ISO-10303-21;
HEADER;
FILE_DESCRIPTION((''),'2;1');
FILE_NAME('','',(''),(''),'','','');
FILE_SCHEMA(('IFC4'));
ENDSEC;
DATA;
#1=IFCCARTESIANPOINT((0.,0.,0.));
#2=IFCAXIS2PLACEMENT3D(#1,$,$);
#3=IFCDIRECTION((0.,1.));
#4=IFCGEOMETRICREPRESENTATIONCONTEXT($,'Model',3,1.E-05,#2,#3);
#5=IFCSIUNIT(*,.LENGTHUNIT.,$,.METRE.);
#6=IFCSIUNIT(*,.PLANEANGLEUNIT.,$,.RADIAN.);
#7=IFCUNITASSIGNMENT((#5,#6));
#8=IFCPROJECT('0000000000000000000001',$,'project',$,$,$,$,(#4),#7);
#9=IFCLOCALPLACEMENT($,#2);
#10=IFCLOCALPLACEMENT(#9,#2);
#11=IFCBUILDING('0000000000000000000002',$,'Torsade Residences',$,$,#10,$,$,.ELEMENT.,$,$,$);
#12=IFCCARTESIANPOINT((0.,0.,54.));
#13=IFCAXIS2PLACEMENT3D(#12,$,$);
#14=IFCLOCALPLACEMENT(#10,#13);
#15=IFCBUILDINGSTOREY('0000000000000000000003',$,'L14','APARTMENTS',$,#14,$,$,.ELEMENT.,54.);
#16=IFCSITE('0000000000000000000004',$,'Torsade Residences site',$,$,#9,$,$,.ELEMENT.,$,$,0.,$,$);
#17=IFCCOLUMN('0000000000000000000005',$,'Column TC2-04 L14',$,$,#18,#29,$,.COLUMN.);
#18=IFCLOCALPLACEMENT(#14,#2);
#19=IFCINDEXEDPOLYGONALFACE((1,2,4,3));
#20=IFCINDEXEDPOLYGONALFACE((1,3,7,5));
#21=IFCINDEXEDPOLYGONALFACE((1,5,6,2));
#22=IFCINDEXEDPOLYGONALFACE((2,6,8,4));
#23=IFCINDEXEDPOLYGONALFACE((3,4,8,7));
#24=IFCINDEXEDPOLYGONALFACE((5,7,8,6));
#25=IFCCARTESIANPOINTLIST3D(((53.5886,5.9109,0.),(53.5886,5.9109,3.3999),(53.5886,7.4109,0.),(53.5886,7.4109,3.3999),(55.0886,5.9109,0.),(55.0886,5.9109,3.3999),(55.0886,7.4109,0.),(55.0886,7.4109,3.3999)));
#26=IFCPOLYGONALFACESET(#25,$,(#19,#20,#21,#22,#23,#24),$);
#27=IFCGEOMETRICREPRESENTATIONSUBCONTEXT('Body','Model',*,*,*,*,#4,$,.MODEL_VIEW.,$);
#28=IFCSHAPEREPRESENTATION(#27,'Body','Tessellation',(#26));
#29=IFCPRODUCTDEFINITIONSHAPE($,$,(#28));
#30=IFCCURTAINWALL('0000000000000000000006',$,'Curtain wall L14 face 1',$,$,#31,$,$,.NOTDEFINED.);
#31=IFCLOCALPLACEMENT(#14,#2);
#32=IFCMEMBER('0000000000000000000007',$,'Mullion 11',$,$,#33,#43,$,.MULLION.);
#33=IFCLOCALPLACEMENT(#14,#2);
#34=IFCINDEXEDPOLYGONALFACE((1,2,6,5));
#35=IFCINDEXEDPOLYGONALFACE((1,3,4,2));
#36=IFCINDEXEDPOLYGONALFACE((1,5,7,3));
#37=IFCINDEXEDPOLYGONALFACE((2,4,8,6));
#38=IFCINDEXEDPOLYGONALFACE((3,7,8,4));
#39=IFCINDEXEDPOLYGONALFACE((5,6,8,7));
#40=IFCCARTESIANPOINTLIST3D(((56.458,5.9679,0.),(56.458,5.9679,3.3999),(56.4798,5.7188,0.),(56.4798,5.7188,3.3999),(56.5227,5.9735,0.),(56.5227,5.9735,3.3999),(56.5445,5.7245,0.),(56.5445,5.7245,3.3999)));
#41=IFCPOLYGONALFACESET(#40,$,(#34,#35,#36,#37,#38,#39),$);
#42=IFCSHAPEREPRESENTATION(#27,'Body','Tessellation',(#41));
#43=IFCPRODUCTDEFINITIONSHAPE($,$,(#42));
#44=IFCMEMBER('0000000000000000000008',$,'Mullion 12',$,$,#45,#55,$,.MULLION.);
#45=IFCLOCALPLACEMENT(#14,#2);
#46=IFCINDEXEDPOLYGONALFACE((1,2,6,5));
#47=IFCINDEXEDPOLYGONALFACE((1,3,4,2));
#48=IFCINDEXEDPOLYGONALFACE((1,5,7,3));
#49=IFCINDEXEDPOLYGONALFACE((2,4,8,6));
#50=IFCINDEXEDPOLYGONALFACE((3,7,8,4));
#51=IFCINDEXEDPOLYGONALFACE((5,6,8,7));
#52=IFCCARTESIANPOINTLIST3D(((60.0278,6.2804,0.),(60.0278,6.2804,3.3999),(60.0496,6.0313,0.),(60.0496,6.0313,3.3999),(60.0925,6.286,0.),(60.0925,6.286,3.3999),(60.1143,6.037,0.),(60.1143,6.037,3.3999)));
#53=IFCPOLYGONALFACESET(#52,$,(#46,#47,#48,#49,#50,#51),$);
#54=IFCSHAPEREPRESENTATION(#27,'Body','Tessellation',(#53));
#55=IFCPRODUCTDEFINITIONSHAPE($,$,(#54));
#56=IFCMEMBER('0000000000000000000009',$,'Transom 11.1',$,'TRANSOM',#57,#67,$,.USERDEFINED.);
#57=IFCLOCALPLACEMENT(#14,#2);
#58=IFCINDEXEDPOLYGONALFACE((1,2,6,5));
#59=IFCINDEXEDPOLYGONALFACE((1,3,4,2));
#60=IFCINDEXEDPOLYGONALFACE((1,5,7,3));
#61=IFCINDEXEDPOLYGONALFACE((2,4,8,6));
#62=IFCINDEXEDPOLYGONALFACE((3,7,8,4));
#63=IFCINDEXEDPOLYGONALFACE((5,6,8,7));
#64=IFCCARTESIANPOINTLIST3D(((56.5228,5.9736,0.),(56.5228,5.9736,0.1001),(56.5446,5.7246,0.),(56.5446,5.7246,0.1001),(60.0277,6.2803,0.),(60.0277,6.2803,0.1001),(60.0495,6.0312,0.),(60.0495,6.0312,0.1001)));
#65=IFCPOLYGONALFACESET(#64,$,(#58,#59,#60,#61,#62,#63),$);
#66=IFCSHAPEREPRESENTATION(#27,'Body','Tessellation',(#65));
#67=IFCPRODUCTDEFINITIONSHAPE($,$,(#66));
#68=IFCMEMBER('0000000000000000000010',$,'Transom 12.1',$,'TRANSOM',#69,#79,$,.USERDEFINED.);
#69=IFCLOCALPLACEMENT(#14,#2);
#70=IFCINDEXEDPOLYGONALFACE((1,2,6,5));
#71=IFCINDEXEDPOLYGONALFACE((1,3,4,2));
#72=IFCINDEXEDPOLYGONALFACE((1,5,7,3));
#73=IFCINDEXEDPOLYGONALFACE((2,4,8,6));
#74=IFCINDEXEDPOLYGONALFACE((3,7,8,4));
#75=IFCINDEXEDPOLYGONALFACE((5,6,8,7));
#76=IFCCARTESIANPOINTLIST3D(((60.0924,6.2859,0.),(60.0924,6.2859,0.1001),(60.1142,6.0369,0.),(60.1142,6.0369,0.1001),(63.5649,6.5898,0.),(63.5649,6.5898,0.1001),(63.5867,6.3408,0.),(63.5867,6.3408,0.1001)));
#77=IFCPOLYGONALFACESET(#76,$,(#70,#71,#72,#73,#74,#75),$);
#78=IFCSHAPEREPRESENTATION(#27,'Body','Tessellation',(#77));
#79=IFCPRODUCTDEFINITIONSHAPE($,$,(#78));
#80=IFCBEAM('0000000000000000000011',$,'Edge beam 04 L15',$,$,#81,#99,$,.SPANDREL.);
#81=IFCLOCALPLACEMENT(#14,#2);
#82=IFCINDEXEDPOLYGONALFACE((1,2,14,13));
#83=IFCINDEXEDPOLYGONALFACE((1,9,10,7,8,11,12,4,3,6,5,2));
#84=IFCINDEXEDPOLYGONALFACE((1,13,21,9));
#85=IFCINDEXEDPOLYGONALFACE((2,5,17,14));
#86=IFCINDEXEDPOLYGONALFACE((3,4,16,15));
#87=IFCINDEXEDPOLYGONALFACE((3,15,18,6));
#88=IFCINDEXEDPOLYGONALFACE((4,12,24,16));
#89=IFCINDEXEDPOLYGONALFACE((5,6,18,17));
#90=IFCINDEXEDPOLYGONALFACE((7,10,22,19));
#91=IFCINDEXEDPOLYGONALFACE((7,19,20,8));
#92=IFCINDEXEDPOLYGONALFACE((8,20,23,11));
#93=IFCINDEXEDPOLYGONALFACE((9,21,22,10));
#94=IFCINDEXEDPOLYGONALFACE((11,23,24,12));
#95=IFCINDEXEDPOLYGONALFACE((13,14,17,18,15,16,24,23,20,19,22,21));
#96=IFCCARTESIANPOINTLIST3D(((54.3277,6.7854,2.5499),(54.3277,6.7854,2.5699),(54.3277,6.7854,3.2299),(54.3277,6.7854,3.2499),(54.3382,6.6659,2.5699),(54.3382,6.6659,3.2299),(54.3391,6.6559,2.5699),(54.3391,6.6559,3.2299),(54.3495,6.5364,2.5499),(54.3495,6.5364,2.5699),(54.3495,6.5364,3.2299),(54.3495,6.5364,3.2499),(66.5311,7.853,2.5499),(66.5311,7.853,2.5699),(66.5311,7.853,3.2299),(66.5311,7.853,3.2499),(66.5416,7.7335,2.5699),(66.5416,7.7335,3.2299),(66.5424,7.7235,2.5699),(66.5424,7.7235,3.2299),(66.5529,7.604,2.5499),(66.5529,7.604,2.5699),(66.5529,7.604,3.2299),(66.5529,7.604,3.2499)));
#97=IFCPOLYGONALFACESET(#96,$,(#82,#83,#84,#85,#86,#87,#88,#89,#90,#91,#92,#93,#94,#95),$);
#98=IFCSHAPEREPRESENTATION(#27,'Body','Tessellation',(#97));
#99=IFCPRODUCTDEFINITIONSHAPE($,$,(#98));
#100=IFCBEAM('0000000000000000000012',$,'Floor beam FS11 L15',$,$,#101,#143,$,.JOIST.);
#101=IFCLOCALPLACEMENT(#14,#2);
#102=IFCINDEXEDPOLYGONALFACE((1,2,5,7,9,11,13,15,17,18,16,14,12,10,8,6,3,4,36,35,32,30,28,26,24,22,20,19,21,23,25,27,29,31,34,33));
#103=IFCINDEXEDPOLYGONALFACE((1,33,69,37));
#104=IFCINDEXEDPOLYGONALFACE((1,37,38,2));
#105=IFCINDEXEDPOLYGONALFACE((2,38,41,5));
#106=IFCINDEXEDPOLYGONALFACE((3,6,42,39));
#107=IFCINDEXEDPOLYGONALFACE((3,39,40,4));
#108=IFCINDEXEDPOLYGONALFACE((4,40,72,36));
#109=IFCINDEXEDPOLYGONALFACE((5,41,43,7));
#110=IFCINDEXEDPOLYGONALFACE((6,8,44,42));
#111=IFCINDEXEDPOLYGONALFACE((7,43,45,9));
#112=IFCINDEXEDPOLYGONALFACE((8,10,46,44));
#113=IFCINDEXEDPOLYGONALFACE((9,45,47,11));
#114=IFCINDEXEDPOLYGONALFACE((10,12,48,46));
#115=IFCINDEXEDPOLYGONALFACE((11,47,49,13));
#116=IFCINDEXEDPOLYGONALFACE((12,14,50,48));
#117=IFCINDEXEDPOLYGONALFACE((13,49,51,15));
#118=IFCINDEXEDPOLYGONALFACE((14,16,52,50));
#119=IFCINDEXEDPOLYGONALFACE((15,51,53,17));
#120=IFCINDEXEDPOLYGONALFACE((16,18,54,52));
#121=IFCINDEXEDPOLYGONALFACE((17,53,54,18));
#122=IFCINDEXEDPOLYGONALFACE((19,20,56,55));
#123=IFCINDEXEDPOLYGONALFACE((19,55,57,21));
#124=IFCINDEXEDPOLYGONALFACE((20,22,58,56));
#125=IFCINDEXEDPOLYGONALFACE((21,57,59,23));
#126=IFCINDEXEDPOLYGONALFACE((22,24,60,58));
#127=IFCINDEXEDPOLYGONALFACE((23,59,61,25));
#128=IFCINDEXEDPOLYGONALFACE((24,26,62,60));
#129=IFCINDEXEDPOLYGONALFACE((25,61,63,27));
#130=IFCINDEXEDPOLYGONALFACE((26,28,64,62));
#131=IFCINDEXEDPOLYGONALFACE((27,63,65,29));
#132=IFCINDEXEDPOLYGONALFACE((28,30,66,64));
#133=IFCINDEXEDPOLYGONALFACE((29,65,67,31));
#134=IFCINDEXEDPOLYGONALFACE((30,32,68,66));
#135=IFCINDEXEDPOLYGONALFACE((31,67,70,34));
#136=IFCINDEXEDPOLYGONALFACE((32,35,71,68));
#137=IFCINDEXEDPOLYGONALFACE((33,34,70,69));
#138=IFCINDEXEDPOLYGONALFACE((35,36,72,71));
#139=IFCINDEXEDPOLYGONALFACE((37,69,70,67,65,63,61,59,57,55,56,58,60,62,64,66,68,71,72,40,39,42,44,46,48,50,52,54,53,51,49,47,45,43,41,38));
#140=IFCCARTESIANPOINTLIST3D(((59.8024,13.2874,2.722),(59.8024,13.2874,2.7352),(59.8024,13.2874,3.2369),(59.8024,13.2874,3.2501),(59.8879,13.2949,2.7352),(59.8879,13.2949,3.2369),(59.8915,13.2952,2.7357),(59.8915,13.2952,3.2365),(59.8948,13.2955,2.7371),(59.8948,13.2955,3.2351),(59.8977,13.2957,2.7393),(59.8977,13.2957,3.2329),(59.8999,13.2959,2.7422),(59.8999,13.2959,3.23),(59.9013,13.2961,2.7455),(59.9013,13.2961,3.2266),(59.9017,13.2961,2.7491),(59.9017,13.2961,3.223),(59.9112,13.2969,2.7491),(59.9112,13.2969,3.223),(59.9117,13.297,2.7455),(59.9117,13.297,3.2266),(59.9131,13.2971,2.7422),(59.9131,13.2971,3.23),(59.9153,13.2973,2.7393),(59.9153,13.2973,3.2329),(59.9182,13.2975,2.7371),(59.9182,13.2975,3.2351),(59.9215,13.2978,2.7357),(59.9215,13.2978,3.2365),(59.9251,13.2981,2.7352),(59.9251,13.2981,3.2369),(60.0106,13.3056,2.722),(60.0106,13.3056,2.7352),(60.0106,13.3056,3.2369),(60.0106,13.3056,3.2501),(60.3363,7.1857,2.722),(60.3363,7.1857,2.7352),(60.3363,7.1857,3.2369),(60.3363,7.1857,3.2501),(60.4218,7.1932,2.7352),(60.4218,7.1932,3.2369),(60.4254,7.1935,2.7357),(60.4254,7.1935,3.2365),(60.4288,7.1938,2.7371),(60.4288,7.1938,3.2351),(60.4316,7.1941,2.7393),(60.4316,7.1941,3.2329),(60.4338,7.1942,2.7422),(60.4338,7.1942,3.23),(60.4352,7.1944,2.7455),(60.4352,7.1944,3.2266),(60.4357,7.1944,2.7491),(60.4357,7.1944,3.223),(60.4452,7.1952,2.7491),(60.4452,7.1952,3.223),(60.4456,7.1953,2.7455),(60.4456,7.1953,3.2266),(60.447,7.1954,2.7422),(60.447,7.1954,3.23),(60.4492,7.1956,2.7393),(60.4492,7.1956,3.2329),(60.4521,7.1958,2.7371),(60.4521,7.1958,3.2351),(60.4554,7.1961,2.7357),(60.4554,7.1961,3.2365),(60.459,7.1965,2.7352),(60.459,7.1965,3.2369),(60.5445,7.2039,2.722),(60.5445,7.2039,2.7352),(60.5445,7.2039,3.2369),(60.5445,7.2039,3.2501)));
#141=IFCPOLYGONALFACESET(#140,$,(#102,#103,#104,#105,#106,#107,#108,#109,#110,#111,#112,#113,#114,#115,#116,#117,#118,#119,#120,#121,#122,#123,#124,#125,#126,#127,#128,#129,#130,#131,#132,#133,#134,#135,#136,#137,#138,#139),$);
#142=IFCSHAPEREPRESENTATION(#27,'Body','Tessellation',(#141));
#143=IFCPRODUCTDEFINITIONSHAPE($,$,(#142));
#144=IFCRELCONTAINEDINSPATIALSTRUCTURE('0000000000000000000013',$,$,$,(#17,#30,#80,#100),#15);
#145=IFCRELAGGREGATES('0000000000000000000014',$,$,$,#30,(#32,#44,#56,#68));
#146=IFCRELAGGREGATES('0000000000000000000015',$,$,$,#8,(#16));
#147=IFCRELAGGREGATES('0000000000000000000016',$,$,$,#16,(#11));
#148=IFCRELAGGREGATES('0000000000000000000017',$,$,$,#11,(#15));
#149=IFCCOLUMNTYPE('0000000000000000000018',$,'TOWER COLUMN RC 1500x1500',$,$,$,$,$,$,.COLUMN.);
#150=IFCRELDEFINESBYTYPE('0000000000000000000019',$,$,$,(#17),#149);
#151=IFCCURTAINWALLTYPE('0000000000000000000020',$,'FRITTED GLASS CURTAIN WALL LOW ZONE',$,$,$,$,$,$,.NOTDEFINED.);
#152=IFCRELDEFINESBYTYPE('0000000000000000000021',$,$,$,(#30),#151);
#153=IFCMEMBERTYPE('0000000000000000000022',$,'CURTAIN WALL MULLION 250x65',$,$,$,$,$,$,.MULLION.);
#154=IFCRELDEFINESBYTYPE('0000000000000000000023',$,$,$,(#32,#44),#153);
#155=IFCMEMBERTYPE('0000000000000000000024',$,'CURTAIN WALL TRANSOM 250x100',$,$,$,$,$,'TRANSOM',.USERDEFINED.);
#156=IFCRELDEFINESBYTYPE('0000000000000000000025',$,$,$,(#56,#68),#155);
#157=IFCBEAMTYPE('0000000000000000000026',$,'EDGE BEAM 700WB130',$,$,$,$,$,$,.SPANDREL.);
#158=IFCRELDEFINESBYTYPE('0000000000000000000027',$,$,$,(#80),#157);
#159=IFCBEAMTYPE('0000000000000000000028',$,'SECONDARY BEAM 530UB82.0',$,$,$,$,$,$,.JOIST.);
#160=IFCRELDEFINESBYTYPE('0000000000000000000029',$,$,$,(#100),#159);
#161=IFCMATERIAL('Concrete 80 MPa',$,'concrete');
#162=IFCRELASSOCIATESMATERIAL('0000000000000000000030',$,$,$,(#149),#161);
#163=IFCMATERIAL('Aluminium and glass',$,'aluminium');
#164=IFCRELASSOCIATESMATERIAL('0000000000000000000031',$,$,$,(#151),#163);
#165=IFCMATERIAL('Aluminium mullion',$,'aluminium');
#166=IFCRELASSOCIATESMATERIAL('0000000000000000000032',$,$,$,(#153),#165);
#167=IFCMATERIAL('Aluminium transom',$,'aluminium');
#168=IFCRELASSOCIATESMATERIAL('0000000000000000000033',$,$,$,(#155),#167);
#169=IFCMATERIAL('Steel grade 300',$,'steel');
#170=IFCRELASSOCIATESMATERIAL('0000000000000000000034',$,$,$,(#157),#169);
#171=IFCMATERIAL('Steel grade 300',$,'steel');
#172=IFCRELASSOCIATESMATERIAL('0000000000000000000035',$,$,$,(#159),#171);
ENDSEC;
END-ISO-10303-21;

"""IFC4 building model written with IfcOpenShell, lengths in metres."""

from ifc_helpers import new_model, si_unit, direction, frame, origin, origin_2d, place, context, subcontext, project, spatial, rectangle, i_section, extrude, material, material_profile, profile_set, type_object, element, aggregate, save


model = new_model("IFC4")

# Units and contexts
model_context = context("Model", 3, precision=1e-05, world=origin(), true_north=direction((0.0, 1.0)))
body_context = subcontext(model_context, "Body", "Model", "MODEL_VIEW")
ifc_project = project(units=[si_unit("LENGTHUNIT", "METRE"), si_unit("PLANEANGLEUNIT", "RADIAN")], contexts=[model_context])

# Site, building, storey
site_placement = place(None, origin())
site = spatial("IfcSite", under=ifc_project, at=site_placement, Name="Torsade Residences site", CompositionType="ELEMENT", RefElevation=0.0)
building_placement = place(site_placement, origin())
building = spatial("IfcBuilding", under=site, at=building_placement, Name="Torsade Residences", CompositionType="ELEMENT")
storey_placement = place(building_placement, frame((0.0, 0.0, 54.0)))
storey = spatial("IfcBuildingStorey", under=building, at=storey_placement, Name="L14", Description="APARTMENTS", CompositionType="ELEMENT", Elevation=54.0)

# Column
ifc_material_1 = material(Name="Concrete 80 MPa", Category="concrete")
ifc_material_profile_1 = material_profile(ifc_material_1, rectangle(XDim=1.5, YDim=1.5, at=origin_2d()), Name="RC 1500x1500")
ifc_profile_set_1 = profile_set([ifc_material_profile_1], Name="Concrete 80 MPa")
column_type = type_object("IfcColumnType", Name="TOWER COLUMN RC 1500x1500", PredefinedType="COLUMN", material=ifc_profile_set_1)
column_placement = place(storey_placement, frame((54.3386, 6.6609, 0.0), z_axis=(0.0, 0.0, 1.0), x_axis=(1.0, 0.0, 0.0)))
element("IfcColumn", 1, at=column_placement, inside=storey, type_object=column_type, Name="Column TC2-04 L14", PredefinedType="COLUMN", context=body_context, shape_type="SweptSolid", body=[
    extrude(rectangle(XDim=1.5, YDim=1.5, at=origin_2d()), origin(), (0.0, 0.0, 1.0), 3.3999),
])

# Curtain wall, members
ifc_material_2 = material(Name="Aluminium and glass", Category="aluminium")
curtain_wall_type = type_object("IfcCurtainWallType", Name="FRITTED GLASS CURTAIN WALL LOW ZONE", PredefinedType="NOTDEFINED", material=ifc_material_2)
curtain_wall_placement = place(storey_placement, origin())
curtain_wall = element("IfcCurtainWall", 2, at=curtain_wall_placement, inside=storey, type_object=curtain_wall_type, Name="Curtain wall L14 face 1", PredefinedType="NOTDEFINED")
ifc_material_3 = material(Name="Aluminium mullion", Category="aluminium")
ifc_material_profile_2 = material_profile(ifc_material_3, rectangle(XDim=0.25, YDim=0.0649, at=origin_2d()), Name="CURTAIN WALL MULLION 250x65")
ifc_profile_set_2 = profile_set([ifc_material_profile_2], Name="Aluminium mullion")
member_type_1 = type_object("IfcMemberType", Name="CURTAIN WALL MULLION 250x65", PredefinedType="MULLION", material=ifc_profile_set_2)
member_1_placement = place(storey_placement, frame((56.5012, 5.8462, 0.0), z_axis=(0.0, 0.0, 1.0), x_axis=(-0.087156, 0.996195, 0.0)))
member_1 = element("IfcMember", 3, at=member_1_placement, type_object=member_type_1, Name="Mullion 11", PredefinedType="MULLION", context=body_context, shape_type="SweptSolid", body=[
    extrude(rectangle(XDim=0.25, YDim=0.0649, at=origin_2d()), origin(), (0.0, 0.0, 1.0), 3.3999),
])
member_2_placement = place(storey_placement, frame((60.071, 6.1587, 0.0), z_axis=(0.0, 0.0, 1.0), x_axis=(-0.087156, 0.996195, 0.0)))
member_2 = element("IfcMember", 4, at=member_2_placement, type_object=member_type_1, Name="Mullion 12", PredefinedType="MULLION", context=body_context, shape_type="SweptSolid", body=[
    extrude(rectangle(XDim=0.25, YDim=0.0649, at=origin_2d()), origin(), (0.0, 0.0, 1.0), 3.3999),
])
ifc_material_4 = material(Name="Aluminium transom", Category="aluminium")
ifc_material_profile_3 = material_profile(ifc_material_4, rectangle(XDim=0.25, YDim=0.1001, at=origin_2d()), Name="CURTAIN WALL TRANSOM 250x100")
ifc_profile_set_3 = profile_set([ifc_material_profile_3], Name="Aluminium transom")
member_type_2 = type_object("IfcMemberType", Name="CURTAIN WALL TRANSOM 250x100", ElementType="TRANSOM", PredefinedType="USERDEFINED", material=ifc_profile_set_3)
member_3_placement = place(storey_placement, frame((56.5337, 5.8491, 0.05), z_axis=(0.996195, 0.087157, 0.0), x_axis=(-0.087157, 0.996195, 0.0)))
member_3 = element("IfcMember", 5, at=member_3_placement, type_object=member_type_2, Name="Transom 11.1", ObjectType="TRANSOM", PredefinedType="USERDEFINED", context=body_context, shape_type="SweptSolid", body=[
    extrude(rectangle(XDim=0.25, YDim=0.1001, at=origin_2d()), origin(), (0.0, 0.0, 1.0), 3.5183),
])
member_4_placement = place(storey_placement, frame((60.1033, 6.1614, 0.05), z_axis=(0.996191, 0.087195, 0.0), x_axis=(-0.087195, 0.996191, 0.0)))
member_4 = element("IfcMember", 6, at=member_4_placement, type_object=member_type_2, Name="Transom 12.1", ObjectType="TRANSOM", PredefinedType="USERDEFINED", context=body_context, shape_type="SweptSolid", body=[
    extrude(rectangle(XDim=0.25, YDim=0.1001, at=origin_2d()), origin(), (0.0, 0.0, 1.0), 3.4858),
])

# Beams
ifc_material_5 = material(Name="Steel grade 300", Category="steel")
ifc_material_profile_4 = material_profile(ifc_material_5, i_section(OverallWidth=0.25, OverallDepth=0.7, WebThickness=0.01, FlangeThickness=0.02, at=origin_2d()), Name="700WB130")
ifc_profile_set_4 = profile_set([ifc_material_profile_4], Name="Steel grade 300")
beam_type_1 = type_object("IfcBeamType", Name="EDGE BEAM 700WB130", PredefinedType="SPANDREL", material=ifc_profile_set_4)
beam_1_placement = place(storey_placement, frame((54.3386, 6.6609, 2.8999), z_axis=(0.996195, 0.087153, 0.0), x_axis=(-0.087153, 0.996195, 0.0)))
element("IfcBeam", 7, at=beam_1_placement, inside=storey, type_object=beam_type_1, Name="Edge beam 04 L15", PredefinedType="SPANDREL", context=body_context, shape_type="SweptSolid", body=[
    extrude(i_section(OverallWidth=0.25, OverallDepth=0.7, WebThickness=0.01, FlangeThickness=0.02, at=origin_2d()), origin(), (0.0, 0.0, 1.0), 12.25),
])
ifc_material_6 = material(Name="Steel grade 300", Category="steel")
ifc_material_profile_5 = material_profile(ifc_material_6, i_section(OverallWidth=0.209, OverallDepth=0.5281, WebThickness=0.0095, FlangeThickness=0.0132, FilletRadius=0.0139, at=origin_2d()), Name="530UB82.0")
ifc_profile_set_5 = profile_set([ifc_material_profile_5], Name="Steel grade 300")
beam_type_2 = type_object("IfcBeamType", Name="SECONDARY BEAM 530UB82.0", PredefinedType="JOIST", material=ifc_profile_set_5)
beam_2_placement = place(storey_placement, frame((60.4404, 7.1948, 2.9861), z_axis=(-0.087175, 0.996193, 0.0), x_axis=(-0.996193, -0.087175, 0.0)))
element("IfcBeam", 8, at=beam_2_placement, inside=storey, type_object=beam_type_2, Name="Floor beam FS11 L15", PredefinedType="JOIST", context=body_context, shape_type="SweptSolid", body=[
    extrude(i_section(OverallWidth=0.209, OverallDepth=0.5281, WebThickness=0.0095, FlangeThickness=0.0132, FilletRadius=0.0139, at=origin_2d()), origin(), (0.0, 0.0, 1.0), 6.125),
])

aggregate(curtain_wall, [member_1, member_2, member_3, member_4])

save(model, "model.ifc")
